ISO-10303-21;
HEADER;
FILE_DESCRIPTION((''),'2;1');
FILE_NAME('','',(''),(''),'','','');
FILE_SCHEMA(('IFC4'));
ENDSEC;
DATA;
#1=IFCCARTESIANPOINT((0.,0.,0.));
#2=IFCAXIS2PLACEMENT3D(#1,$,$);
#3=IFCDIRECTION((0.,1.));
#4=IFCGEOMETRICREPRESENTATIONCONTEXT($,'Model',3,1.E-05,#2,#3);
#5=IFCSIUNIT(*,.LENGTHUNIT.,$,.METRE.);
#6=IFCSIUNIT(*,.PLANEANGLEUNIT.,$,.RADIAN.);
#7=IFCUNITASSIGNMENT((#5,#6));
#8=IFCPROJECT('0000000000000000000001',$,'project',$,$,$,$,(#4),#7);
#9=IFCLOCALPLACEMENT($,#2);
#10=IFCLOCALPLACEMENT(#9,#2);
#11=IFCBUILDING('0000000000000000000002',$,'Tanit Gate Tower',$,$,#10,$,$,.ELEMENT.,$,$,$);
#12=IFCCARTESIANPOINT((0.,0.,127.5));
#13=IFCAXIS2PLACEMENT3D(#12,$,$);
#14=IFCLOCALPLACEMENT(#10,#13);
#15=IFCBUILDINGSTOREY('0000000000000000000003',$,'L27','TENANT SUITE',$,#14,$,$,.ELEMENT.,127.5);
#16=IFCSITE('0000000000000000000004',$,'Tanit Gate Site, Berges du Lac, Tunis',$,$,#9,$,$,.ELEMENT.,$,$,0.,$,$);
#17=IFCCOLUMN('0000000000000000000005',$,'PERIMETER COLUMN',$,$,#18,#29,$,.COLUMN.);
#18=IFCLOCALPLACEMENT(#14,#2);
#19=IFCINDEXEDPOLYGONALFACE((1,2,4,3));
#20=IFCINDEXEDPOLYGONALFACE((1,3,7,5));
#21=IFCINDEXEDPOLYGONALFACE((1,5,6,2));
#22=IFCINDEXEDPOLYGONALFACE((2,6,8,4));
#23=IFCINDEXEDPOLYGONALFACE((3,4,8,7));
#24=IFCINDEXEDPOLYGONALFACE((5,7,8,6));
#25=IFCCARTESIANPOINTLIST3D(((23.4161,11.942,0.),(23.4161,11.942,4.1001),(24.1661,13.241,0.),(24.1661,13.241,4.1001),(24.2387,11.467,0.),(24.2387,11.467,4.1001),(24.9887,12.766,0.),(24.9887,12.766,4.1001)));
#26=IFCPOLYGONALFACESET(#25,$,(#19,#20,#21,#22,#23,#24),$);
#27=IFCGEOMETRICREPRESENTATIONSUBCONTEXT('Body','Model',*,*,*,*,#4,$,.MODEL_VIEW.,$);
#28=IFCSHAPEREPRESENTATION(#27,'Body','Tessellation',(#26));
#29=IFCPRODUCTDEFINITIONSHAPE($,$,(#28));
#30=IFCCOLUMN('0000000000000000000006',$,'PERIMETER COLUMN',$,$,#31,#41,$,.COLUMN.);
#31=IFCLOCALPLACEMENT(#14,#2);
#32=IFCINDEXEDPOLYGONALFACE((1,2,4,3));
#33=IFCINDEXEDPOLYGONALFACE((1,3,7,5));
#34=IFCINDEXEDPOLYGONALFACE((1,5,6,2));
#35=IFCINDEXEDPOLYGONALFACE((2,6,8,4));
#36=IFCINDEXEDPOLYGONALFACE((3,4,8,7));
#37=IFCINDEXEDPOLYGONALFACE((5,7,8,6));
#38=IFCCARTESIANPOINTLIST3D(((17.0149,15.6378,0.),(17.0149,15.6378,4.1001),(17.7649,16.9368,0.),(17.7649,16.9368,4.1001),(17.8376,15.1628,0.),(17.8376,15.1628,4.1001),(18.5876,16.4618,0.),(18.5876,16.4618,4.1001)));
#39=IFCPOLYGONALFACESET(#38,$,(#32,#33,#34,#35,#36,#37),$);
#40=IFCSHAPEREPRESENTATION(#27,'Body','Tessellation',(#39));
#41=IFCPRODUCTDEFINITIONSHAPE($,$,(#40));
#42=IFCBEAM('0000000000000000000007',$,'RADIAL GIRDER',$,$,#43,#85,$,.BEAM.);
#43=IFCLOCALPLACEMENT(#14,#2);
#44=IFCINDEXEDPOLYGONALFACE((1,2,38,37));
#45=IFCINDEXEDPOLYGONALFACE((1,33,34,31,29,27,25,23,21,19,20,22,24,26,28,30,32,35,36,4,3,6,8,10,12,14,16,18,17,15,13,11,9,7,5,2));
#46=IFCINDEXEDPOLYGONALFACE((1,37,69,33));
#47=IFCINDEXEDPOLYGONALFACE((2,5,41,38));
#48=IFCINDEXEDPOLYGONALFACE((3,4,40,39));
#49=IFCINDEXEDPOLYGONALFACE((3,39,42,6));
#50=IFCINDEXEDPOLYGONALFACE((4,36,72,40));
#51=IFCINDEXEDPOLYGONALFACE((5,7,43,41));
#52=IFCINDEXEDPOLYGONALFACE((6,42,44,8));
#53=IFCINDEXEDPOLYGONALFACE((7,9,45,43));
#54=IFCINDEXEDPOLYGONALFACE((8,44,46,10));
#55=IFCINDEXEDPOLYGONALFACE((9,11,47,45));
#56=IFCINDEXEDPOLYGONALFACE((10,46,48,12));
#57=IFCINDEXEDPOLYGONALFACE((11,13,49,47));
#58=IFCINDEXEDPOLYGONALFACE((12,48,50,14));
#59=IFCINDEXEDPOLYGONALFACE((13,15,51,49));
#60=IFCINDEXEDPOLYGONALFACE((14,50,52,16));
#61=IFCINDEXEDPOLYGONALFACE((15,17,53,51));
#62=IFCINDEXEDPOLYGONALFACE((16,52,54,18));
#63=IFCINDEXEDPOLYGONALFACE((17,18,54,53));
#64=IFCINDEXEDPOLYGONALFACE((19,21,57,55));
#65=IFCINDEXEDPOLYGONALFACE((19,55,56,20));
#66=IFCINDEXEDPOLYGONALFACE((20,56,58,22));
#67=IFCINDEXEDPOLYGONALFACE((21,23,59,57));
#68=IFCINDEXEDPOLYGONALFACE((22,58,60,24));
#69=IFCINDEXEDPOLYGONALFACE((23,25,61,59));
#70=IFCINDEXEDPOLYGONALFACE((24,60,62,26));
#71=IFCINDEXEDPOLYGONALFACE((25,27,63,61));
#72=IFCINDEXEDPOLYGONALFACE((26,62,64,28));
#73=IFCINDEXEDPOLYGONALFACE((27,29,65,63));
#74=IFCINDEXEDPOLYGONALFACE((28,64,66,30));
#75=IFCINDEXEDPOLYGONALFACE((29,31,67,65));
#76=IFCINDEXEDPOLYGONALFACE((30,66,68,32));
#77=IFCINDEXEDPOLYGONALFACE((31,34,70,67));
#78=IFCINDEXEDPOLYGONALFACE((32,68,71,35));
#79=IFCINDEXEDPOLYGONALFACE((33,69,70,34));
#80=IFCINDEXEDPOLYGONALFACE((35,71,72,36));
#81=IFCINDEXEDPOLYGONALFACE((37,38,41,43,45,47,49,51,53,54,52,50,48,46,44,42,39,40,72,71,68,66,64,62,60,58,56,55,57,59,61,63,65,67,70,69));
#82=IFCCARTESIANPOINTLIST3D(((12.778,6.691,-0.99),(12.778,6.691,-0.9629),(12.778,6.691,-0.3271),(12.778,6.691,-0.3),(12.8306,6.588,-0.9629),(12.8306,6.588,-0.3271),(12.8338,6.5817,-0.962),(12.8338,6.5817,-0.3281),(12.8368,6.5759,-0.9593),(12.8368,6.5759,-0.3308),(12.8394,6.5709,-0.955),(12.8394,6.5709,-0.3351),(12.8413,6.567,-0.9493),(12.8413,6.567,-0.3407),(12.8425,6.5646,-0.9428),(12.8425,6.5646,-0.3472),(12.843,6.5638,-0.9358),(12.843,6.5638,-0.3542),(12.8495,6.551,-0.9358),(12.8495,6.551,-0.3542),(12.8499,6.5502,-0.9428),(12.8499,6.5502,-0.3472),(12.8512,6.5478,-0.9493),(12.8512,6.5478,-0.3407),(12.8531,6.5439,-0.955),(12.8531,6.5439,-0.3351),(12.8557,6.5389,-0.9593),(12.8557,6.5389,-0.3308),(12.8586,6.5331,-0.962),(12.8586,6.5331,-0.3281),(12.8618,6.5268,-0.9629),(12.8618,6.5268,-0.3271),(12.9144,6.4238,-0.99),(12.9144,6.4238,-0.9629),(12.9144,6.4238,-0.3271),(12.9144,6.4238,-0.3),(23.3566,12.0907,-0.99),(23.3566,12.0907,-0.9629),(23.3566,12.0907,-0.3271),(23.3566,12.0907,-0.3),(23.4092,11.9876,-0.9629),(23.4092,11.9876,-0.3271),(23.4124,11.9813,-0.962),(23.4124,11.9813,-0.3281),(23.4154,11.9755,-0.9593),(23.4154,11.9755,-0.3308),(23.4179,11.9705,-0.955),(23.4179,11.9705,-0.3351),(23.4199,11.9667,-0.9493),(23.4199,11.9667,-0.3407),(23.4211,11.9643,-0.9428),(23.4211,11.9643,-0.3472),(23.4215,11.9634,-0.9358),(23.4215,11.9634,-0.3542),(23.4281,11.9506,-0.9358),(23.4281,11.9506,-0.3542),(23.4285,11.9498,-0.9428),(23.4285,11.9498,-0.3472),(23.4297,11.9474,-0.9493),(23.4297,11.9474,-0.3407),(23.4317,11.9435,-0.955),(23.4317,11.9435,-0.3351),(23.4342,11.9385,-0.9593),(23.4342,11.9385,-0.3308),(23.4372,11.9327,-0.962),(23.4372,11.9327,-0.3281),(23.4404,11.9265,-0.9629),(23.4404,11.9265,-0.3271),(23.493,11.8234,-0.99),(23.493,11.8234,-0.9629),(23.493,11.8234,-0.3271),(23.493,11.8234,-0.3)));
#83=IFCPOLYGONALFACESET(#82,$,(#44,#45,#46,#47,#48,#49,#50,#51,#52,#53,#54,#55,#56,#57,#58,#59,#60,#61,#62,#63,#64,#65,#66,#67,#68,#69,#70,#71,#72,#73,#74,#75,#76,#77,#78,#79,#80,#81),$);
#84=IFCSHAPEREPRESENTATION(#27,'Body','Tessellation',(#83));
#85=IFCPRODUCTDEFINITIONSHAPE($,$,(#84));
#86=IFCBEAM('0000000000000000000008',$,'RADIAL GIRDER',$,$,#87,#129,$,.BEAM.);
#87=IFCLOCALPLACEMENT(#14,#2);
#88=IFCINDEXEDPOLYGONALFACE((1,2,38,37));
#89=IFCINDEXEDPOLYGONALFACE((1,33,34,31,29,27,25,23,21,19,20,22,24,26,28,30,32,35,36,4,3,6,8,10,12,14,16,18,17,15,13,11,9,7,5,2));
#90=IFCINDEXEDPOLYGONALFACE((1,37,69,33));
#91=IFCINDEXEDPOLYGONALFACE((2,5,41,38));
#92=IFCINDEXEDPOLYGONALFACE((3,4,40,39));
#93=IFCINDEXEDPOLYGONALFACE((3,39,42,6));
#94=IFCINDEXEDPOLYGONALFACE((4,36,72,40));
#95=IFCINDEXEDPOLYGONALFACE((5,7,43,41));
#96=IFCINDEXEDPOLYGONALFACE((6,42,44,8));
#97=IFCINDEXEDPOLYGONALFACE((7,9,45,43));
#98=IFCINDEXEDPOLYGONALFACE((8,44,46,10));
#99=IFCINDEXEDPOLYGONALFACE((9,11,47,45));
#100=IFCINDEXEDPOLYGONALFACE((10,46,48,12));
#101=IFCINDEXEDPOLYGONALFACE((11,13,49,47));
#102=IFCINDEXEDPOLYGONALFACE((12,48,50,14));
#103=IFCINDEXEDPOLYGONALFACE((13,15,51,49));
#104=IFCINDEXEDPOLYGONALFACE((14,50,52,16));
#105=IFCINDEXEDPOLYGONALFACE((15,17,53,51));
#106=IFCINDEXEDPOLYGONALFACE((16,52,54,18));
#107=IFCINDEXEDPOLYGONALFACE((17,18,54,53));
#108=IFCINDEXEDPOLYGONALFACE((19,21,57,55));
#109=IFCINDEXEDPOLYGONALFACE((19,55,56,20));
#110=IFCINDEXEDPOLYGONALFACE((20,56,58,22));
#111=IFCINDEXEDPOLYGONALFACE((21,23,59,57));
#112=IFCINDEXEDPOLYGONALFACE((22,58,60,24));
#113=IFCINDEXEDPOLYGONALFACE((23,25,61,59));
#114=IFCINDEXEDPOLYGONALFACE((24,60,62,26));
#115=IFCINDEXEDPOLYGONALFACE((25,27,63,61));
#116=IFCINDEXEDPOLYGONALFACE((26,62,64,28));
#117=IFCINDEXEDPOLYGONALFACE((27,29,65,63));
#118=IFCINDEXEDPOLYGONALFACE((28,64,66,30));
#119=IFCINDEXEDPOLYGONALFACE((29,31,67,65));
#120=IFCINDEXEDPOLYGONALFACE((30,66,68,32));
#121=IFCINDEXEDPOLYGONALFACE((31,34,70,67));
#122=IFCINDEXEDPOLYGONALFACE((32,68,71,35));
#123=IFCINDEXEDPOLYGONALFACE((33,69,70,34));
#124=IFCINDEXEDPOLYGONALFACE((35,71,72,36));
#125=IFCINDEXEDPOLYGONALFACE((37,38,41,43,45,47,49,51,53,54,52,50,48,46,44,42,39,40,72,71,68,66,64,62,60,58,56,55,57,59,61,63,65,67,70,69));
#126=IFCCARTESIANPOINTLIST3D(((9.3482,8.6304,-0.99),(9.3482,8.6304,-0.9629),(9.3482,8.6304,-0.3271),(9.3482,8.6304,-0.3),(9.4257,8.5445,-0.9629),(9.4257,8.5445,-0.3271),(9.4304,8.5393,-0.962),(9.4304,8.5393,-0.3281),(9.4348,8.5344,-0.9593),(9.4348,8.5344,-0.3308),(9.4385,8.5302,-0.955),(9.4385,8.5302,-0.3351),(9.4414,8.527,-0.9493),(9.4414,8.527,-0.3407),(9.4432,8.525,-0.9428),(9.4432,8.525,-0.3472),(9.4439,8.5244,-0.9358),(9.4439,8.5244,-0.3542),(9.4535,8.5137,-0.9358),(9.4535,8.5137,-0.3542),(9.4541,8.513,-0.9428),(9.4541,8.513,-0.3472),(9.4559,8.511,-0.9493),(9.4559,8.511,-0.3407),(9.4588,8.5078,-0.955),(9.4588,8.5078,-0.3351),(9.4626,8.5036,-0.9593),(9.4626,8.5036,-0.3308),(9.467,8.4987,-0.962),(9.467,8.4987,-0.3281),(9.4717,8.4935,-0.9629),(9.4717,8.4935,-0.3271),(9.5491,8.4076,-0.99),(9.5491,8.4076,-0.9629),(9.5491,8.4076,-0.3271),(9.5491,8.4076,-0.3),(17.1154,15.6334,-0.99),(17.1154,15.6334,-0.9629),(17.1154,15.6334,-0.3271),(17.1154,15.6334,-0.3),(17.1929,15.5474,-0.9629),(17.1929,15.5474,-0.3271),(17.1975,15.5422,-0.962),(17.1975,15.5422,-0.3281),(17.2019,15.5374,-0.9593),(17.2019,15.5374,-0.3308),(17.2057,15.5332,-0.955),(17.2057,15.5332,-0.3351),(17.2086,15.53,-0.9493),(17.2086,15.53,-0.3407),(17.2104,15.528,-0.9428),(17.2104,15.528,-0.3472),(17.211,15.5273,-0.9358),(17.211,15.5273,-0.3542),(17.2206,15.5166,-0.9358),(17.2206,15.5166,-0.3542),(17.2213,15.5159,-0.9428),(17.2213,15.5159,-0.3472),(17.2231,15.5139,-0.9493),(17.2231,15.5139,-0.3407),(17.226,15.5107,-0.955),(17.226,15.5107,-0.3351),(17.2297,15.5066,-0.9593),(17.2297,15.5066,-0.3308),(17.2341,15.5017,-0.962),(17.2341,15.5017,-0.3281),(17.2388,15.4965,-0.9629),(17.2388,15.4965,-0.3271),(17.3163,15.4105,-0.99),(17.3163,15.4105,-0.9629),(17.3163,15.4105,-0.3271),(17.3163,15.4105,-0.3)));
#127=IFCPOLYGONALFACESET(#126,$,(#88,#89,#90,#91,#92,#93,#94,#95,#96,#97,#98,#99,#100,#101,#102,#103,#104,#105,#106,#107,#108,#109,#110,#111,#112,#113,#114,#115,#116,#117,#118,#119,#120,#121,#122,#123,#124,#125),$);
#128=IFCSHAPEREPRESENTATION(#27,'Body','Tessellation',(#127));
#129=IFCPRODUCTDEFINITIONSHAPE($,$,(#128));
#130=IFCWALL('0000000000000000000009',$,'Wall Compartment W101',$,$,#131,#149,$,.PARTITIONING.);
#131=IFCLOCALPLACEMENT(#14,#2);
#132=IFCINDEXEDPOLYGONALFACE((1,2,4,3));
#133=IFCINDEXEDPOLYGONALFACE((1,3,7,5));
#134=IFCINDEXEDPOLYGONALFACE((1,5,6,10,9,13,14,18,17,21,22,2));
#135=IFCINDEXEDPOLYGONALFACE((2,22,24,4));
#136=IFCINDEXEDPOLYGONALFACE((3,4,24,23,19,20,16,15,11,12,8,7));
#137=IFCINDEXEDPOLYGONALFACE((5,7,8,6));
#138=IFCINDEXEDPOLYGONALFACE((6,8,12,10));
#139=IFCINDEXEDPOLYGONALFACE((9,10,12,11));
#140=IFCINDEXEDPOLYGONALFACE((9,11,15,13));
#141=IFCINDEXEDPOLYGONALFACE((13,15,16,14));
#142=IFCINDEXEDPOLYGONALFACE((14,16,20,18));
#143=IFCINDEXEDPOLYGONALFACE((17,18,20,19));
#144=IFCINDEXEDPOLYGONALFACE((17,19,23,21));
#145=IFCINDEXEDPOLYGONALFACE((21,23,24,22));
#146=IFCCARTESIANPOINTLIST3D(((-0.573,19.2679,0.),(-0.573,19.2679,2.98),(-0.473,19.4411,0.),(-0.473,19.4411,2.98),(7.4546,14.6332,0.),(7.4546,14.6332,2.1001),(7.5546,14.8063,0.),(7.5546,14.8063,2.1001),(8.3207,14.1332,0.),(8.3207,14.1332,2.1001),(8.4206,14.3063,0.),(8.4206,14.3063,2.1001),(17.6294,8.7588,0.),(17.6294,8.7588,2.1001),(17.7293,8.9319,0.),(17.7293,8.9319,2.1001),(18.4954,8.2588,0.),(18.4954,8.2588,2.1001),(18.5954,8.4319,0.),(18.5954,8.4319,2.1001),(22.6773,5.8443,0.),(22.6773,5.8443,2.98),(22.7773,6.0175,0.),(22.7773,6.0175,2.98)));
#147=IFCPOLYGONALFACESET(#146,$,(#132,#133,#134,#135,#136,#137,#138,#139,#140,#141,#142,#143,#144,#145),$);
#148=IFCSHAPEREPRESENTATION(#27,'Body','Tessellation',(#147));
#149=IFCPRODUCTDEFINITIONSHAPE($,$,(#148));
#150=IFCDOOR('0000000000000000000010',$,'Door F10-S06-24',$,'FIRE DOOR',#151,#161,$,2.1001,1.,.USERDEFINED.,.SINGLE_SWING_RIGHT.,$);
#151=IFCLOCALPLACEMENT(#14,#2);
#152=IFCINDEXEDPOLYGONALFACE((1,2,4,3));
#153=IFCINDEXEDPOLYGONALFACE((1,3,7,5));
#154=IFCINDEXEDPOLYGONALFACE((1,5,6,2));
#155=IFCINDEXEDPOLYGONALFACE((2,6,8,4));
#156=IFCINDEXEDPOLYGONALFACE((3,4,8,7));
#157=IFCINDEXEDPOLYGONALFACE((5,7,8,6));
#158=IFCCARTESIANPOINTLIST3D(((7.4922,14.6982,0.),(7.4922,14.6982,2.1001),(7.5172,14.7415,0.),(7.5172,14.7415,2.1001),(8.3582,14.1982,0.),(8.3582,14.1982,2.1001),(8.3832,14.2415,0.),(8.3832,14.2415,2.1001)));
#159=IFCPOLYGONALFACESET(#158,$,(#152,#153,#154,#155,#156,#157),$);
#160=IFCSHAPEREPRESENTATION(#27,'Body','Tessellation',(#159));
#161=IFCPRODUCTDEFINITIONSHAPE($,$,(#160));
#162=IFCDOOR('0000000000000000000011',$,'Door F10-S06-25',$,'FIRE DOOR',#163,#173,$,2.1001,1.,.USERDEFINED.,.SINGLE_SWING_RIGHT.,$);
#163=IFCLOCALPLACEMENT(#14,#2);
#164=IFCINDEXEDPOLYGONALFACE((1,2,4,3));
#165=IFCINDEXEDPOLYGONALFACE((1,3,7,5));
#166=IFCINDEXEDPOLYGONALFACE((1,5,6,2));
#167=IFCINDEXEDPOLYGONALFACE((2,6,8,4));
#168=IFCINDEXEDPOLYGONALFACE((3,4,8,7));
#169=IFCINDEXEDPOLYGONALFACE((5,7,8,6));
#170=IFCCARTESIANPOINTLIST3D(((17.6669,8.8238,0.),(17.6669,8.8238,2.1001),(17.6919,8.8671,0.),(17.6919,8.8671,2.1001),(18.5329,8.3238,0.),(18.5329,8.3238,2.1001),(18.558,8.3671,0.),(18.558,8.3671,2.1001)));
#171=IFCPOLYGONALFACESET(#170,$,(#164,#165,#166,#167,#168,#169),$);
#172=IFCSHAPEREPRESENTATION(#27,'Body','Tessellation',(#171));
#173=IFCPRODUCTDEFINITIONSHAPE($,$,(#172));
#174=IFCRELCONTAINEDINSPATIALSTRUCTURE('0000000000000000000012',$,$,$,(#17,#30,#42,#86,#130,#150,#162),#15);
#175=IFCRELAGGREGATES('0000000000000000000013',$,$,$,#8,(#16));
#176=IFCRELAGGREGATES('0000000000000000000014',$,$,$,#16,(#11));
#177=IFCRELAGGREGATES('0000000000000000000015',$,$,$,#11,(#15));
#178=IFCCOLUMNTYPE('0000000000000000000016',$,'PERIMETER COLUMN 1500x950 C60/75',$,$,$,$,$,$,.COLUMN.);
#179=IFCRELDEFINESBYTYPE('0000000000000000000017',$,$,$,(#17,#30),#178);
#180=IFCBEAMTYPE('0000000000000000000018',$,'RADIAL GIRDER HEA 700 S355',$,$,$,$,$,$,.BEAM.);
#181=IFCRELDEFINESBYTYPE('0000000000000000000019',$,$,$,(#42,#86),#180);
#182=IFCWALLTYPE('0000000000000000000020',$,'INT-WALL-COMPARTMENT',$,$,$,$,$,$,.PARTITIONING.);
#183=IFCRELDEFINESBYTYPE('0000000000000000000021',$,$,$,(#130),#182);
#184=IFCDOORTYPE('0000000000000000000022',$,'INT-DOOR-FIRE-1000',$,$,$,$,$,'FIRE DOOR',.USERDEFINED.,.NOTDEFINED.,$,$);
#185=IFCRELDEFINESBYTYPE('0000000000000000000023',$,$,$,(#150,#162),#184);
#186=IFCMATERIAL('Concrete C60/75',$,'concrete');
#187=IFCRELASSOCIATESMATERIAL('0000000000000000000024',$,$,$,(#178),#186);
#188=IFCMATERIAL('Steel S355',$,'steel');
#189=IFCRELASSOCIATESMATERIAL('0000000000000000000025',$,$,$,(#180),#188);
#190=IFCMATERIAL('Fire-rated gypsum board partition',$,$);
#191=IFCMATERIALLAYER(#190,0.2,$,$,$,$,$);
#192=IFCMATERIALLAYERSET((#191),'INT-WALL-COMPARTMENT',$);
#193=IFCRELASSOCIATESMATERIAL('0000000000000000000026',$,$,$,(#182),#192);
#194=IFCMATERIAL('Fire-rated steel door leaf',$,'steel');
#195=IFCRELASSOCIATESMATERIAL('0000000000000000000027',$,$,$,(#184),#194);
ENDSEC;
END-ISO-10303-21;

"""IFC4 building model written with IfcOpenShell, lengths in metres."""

from ifc_helpers import new_model, si_unit, direction, frame, frame_2d, origin, origin_2d, place, context, subcontext, project, spatial, rectangle, i_section, extrude, material, layer, layer_set, material_profile, profile_set, type_object, element, fill, save


model = new_model("IFC4")

# Units and contexts
model_context = context("Model", 3, precision=1e-05, world=origin(), true_north=direction((0.0, 1.0)))
body_context = subcontext(model_context, "Body", "Model", "MODEL_VIEW")
ifc_project = project(units=[si_unit("LENGTHUNIT", "METRE"), si_unit("PLANEANGLEUNIT", "RADIAN")], contexts=[model_context])

# Site, building, storey
site_placement = place(None, origin())
site = spatial("IfcSite", under=ifc_project, at=site_placement, Name="Tanit Gate Site, Berges du Lac, Tunis", CompositionType="ELEMENT", RefElevation=0.0)
building_placement = place(site_placement, origin())
building = spatial("IfcBuilding", under=site, at=building_placement, Name="Tanit Gate Tower", CompositionType="ELEMENT")
storey_placement = place(building_placement, frame((0.0, 0.0, 127.5)))
storey = spatial("IfcBuildingStorey", under=building, at=storey_placement, Name="L27", Description="TENANT SUITE", CompositionType="ELEMENT", Elevation=127.5)

# Columns
ifc_material_1 = material(Name="Concrete C60/75", Category="concrete")
ifc_material_profile_1 = material_profile(ifc_material_1, rectangle(XDim=1.5, YDim=0.95, at=origin_2d()), Name="RC 1500x950")
ifc_profile_set_1 = profile_set([ifc_material_profile_1], Name="Concrete C60/75")
column_type = type_object("IfcColumnType", Name="PERIMETER COLUMN 1500x950 C60/75", PredefinedType="COLUMN", material=ifc_profile_set_1)
for number, where, z_axis, x_axis, name in (
    (1, (24.2024, 12.354, 0.0), (0.0, 0.0, 1.0), (0.5, 0.866025, 0.0), "PERIMETER COLUMN"),
    (2, (17.8013, 16.0498, 0.0), (0.0, 0.0, 1.0), (0.5, 0.866025, 0.0), "PERIMETER COLUMN"),
):
    element("IfcColumn", number, at=place(storey_placement, frame(where, z_axis=z_axis, x_axis=x_axis)), inside=storey, type_object=column_type, Name=name, PredefinedType="COLUMN", context=body_context, shape_type="SweptSolid", body=[
        extrude(rectangle(XDim=1.5, YDim=0.95, at=origin_2d()), origin(), (0.0, 0.0, 1.0), 4.1001),
    ])

# Beams
ifc_material_2 = material(Name="Steel S355", Category="steel")
ifc_material_profile_2 = material_profile(ifc_material_2, i_section(OverallWidth=0.3, OverallDepth=0.6899, WebThickness=0.0144, FlangeThickness=0.0271, FilletRadius=0.0271, at=origin_2d()), Name="HEA 700")
ifc_profile_set_2 = profile_set([ifc_material_profile_2], Name="Steel S355")
beam_type = type_object("IfcBeamType", Name="RADIAL GIRDER HEA 700 S355", PredefinedType="BEAM", material=ifc_profile_set_2)
beam_1_placement = place(storey_placement, frame((23.4248, 11.957, -0.645), z_axis=(-0.89068, -0.454631, 0.0), x_axis=(0.454631, -0.89068, 0.0)))
element("IfcBeam", 3, at=beam_1_placement, inside=storey, type_object=beam_type, Name="RADIAL GIRDER", PredefinedType="BEAM", context=body_context, shape_type="SweptSolid", body=[
    extrude(i_section(OverallWidth=0.3, OverallDepth=0.6899, WebThickness=0.0144, FlangeThickness=0.0271, FilletRadius=0.0271, at=origin_2d()), origin(), (0.0, 0.0, 1.0), 11.877),
])
beam_2_placement = place(storey_placement, frame((17.2158, 15.522, -0.645), z_axis=(-0.742697, -0.669627, 0.0), x_axis=(0.669627, -0.742697, 0.0)))
element("IfcBeam", 4, at=beam_2_placement, inside=storey, type_object=beam_type, Name="RADIAL GIRDER", PredefinedType="BEAM", context=body_context, shape_type="SweptSolid", body=[
    extrude(i_section(OverallWidth=0.3, OverallDepth=0.6899, WebThickness=0.0144, FlangeThickness=0.0271, FilletRadius=0.0271, at=origin_2d()), origin(), (0.0, 0.0, 1.0), 10.458),
])

# Wall, openings, doors
ifc_material_3 = material(Name="Fire-rated gypsum board partition")
ifc_layer_1 = layer(ifc_material_3, 0.2)
ifc_layer_set_1 = layer_set([ifc_layer_1], Name="INT-WALL-COMPARTMENT")
wall_type_1 = type_object("IfcWallType", Name="INT-WALL-COMPARTMENT", PredefinedType="PARTITIONING", material=ifc_layer_set_1)
wall_1_placement = place(storey_placement, frame((22.7273, 5.9309, 0.0), z_axis=(0.0, 0.0, 1.0), x_axis=(-0.866025, 0.500001, 0.0)))
wall_1 = element("IfcWall", 5, at=wall_1_placement, inside=storey, type_object=wall_type_1, Name="Wall Compartment W101", PredefinedType="PARTITIONING", context=body_context, shape_type="SweptSolid", body=[
    extrude(rectangle(XDim=26.8472, YDim=0.2, at=frame_2d((13.4236, 0.0))), origin(), (0.0, 0.0, 1.0), 2.98),
])
opening_1_placement = place(wall_1_placement, frame((16.5776, 0.0, 0.0)))
opening_1 = element("IfcOpeningElement", 6, at=opening_1_placement, cuts=wall_1, PredefinedType="OPENING", context=body_context, shape_type="SweptSolid", body=[
    extrude(rectangle(XDim=1.0, YDim=2.1001, at=frame_2d((0.5, 1.05))), frame((0.0, 0.1099, 0.0), z_axis=(0.0, -1.0, 0.0), x_axis=(1.0, 0.0, 0.0)), (0.0, 0.0, 1.0), 0.22),
])
opening_2_placement = place(wall_1_placement, frame((4.8289, 0.0, 0.0)))
opening_2 = element("IfcOpeningElement", 7, at=opening_2_placement, cuts=wall_1, PredefinedType="OPENING", context=body_context, shape_type="SweptSolid", body=[
    extrude(rectangle(XDim=1.0, YDim=2.1001, at=frame_2d((0.5, 1.05))), frame((0.0, 0.1099, 0.0), z_axis=(0.0, -1.0, 0.0), x_axis=(1.0, 0.0, 0.0)), (0.0, 0.0, 1.0), 0.22),
])
ifc_material_4 = material(Name="Fire-rated steel door leaf", Category="steel")
door_type_1 = type_object("IfcDoorType", Name="INT-DOOR-FIRE-1000", ElementType="FIRE DOOR", OperationType="NOTDEFINED", PredefinedType="USERDEFINED", material=ifc_material_4)
door_1_placement = place(opening_1_placement, origin())
door_1 = element("IfcDoor", 8, at=door_1_placement, inside=storey, type_object=door_type_1, Name="Door F10-S06-24", ObjectType="FIRE DOOR", OperationType="SINGLE_SWING_RIGHT", OverallHeight=2.1001, OverallWidth=1.0, PredefinedType="USERDEFINED", context=body_context, shape_type="SweptSolid", body=[
    extrude(rectangle(XDim=1.0, YDim=2.1001, at=frame_2d((0.5, 1.05))), frame((0.0, 0.0249, 0.0), z_axis=(0.0, -1.0, 0.0), x_axis=(1.0, 0.0, 0.0)), (0.0, 0.0, 1.0), 0.05),
])
fill(opening_1, door_1)
door_2_placement = place(opening_2_placement, origin())
door_2 = element("IfcDoor", 9, at=door_2_placement, inside=storey, type_object=door_type_1, Name="Door F10-S06-25", ObjectType="FIRE DOOR", OperationType="SINGLE_SWING_RIGHT", OverallHeight=2.1001, OverallWidth=1.0, PredefinedType="USERDEFINED", context=body_context, shape_type="SweptSolid", body=[
    extrude(rectangle(XDim=1.0, YDim=2.1001, at=frame_2d((0.5, 1.05))), frame((0.0, 0.0249, 0.0), z_axis=(0.0, -1.0, 0.0), x_axis=(1.0, 0.0, 0.0)), (0.0, 0.0, 1.0), 0.05),
])
fill(opening_2, door_2)

save(model, "model.ifc")
